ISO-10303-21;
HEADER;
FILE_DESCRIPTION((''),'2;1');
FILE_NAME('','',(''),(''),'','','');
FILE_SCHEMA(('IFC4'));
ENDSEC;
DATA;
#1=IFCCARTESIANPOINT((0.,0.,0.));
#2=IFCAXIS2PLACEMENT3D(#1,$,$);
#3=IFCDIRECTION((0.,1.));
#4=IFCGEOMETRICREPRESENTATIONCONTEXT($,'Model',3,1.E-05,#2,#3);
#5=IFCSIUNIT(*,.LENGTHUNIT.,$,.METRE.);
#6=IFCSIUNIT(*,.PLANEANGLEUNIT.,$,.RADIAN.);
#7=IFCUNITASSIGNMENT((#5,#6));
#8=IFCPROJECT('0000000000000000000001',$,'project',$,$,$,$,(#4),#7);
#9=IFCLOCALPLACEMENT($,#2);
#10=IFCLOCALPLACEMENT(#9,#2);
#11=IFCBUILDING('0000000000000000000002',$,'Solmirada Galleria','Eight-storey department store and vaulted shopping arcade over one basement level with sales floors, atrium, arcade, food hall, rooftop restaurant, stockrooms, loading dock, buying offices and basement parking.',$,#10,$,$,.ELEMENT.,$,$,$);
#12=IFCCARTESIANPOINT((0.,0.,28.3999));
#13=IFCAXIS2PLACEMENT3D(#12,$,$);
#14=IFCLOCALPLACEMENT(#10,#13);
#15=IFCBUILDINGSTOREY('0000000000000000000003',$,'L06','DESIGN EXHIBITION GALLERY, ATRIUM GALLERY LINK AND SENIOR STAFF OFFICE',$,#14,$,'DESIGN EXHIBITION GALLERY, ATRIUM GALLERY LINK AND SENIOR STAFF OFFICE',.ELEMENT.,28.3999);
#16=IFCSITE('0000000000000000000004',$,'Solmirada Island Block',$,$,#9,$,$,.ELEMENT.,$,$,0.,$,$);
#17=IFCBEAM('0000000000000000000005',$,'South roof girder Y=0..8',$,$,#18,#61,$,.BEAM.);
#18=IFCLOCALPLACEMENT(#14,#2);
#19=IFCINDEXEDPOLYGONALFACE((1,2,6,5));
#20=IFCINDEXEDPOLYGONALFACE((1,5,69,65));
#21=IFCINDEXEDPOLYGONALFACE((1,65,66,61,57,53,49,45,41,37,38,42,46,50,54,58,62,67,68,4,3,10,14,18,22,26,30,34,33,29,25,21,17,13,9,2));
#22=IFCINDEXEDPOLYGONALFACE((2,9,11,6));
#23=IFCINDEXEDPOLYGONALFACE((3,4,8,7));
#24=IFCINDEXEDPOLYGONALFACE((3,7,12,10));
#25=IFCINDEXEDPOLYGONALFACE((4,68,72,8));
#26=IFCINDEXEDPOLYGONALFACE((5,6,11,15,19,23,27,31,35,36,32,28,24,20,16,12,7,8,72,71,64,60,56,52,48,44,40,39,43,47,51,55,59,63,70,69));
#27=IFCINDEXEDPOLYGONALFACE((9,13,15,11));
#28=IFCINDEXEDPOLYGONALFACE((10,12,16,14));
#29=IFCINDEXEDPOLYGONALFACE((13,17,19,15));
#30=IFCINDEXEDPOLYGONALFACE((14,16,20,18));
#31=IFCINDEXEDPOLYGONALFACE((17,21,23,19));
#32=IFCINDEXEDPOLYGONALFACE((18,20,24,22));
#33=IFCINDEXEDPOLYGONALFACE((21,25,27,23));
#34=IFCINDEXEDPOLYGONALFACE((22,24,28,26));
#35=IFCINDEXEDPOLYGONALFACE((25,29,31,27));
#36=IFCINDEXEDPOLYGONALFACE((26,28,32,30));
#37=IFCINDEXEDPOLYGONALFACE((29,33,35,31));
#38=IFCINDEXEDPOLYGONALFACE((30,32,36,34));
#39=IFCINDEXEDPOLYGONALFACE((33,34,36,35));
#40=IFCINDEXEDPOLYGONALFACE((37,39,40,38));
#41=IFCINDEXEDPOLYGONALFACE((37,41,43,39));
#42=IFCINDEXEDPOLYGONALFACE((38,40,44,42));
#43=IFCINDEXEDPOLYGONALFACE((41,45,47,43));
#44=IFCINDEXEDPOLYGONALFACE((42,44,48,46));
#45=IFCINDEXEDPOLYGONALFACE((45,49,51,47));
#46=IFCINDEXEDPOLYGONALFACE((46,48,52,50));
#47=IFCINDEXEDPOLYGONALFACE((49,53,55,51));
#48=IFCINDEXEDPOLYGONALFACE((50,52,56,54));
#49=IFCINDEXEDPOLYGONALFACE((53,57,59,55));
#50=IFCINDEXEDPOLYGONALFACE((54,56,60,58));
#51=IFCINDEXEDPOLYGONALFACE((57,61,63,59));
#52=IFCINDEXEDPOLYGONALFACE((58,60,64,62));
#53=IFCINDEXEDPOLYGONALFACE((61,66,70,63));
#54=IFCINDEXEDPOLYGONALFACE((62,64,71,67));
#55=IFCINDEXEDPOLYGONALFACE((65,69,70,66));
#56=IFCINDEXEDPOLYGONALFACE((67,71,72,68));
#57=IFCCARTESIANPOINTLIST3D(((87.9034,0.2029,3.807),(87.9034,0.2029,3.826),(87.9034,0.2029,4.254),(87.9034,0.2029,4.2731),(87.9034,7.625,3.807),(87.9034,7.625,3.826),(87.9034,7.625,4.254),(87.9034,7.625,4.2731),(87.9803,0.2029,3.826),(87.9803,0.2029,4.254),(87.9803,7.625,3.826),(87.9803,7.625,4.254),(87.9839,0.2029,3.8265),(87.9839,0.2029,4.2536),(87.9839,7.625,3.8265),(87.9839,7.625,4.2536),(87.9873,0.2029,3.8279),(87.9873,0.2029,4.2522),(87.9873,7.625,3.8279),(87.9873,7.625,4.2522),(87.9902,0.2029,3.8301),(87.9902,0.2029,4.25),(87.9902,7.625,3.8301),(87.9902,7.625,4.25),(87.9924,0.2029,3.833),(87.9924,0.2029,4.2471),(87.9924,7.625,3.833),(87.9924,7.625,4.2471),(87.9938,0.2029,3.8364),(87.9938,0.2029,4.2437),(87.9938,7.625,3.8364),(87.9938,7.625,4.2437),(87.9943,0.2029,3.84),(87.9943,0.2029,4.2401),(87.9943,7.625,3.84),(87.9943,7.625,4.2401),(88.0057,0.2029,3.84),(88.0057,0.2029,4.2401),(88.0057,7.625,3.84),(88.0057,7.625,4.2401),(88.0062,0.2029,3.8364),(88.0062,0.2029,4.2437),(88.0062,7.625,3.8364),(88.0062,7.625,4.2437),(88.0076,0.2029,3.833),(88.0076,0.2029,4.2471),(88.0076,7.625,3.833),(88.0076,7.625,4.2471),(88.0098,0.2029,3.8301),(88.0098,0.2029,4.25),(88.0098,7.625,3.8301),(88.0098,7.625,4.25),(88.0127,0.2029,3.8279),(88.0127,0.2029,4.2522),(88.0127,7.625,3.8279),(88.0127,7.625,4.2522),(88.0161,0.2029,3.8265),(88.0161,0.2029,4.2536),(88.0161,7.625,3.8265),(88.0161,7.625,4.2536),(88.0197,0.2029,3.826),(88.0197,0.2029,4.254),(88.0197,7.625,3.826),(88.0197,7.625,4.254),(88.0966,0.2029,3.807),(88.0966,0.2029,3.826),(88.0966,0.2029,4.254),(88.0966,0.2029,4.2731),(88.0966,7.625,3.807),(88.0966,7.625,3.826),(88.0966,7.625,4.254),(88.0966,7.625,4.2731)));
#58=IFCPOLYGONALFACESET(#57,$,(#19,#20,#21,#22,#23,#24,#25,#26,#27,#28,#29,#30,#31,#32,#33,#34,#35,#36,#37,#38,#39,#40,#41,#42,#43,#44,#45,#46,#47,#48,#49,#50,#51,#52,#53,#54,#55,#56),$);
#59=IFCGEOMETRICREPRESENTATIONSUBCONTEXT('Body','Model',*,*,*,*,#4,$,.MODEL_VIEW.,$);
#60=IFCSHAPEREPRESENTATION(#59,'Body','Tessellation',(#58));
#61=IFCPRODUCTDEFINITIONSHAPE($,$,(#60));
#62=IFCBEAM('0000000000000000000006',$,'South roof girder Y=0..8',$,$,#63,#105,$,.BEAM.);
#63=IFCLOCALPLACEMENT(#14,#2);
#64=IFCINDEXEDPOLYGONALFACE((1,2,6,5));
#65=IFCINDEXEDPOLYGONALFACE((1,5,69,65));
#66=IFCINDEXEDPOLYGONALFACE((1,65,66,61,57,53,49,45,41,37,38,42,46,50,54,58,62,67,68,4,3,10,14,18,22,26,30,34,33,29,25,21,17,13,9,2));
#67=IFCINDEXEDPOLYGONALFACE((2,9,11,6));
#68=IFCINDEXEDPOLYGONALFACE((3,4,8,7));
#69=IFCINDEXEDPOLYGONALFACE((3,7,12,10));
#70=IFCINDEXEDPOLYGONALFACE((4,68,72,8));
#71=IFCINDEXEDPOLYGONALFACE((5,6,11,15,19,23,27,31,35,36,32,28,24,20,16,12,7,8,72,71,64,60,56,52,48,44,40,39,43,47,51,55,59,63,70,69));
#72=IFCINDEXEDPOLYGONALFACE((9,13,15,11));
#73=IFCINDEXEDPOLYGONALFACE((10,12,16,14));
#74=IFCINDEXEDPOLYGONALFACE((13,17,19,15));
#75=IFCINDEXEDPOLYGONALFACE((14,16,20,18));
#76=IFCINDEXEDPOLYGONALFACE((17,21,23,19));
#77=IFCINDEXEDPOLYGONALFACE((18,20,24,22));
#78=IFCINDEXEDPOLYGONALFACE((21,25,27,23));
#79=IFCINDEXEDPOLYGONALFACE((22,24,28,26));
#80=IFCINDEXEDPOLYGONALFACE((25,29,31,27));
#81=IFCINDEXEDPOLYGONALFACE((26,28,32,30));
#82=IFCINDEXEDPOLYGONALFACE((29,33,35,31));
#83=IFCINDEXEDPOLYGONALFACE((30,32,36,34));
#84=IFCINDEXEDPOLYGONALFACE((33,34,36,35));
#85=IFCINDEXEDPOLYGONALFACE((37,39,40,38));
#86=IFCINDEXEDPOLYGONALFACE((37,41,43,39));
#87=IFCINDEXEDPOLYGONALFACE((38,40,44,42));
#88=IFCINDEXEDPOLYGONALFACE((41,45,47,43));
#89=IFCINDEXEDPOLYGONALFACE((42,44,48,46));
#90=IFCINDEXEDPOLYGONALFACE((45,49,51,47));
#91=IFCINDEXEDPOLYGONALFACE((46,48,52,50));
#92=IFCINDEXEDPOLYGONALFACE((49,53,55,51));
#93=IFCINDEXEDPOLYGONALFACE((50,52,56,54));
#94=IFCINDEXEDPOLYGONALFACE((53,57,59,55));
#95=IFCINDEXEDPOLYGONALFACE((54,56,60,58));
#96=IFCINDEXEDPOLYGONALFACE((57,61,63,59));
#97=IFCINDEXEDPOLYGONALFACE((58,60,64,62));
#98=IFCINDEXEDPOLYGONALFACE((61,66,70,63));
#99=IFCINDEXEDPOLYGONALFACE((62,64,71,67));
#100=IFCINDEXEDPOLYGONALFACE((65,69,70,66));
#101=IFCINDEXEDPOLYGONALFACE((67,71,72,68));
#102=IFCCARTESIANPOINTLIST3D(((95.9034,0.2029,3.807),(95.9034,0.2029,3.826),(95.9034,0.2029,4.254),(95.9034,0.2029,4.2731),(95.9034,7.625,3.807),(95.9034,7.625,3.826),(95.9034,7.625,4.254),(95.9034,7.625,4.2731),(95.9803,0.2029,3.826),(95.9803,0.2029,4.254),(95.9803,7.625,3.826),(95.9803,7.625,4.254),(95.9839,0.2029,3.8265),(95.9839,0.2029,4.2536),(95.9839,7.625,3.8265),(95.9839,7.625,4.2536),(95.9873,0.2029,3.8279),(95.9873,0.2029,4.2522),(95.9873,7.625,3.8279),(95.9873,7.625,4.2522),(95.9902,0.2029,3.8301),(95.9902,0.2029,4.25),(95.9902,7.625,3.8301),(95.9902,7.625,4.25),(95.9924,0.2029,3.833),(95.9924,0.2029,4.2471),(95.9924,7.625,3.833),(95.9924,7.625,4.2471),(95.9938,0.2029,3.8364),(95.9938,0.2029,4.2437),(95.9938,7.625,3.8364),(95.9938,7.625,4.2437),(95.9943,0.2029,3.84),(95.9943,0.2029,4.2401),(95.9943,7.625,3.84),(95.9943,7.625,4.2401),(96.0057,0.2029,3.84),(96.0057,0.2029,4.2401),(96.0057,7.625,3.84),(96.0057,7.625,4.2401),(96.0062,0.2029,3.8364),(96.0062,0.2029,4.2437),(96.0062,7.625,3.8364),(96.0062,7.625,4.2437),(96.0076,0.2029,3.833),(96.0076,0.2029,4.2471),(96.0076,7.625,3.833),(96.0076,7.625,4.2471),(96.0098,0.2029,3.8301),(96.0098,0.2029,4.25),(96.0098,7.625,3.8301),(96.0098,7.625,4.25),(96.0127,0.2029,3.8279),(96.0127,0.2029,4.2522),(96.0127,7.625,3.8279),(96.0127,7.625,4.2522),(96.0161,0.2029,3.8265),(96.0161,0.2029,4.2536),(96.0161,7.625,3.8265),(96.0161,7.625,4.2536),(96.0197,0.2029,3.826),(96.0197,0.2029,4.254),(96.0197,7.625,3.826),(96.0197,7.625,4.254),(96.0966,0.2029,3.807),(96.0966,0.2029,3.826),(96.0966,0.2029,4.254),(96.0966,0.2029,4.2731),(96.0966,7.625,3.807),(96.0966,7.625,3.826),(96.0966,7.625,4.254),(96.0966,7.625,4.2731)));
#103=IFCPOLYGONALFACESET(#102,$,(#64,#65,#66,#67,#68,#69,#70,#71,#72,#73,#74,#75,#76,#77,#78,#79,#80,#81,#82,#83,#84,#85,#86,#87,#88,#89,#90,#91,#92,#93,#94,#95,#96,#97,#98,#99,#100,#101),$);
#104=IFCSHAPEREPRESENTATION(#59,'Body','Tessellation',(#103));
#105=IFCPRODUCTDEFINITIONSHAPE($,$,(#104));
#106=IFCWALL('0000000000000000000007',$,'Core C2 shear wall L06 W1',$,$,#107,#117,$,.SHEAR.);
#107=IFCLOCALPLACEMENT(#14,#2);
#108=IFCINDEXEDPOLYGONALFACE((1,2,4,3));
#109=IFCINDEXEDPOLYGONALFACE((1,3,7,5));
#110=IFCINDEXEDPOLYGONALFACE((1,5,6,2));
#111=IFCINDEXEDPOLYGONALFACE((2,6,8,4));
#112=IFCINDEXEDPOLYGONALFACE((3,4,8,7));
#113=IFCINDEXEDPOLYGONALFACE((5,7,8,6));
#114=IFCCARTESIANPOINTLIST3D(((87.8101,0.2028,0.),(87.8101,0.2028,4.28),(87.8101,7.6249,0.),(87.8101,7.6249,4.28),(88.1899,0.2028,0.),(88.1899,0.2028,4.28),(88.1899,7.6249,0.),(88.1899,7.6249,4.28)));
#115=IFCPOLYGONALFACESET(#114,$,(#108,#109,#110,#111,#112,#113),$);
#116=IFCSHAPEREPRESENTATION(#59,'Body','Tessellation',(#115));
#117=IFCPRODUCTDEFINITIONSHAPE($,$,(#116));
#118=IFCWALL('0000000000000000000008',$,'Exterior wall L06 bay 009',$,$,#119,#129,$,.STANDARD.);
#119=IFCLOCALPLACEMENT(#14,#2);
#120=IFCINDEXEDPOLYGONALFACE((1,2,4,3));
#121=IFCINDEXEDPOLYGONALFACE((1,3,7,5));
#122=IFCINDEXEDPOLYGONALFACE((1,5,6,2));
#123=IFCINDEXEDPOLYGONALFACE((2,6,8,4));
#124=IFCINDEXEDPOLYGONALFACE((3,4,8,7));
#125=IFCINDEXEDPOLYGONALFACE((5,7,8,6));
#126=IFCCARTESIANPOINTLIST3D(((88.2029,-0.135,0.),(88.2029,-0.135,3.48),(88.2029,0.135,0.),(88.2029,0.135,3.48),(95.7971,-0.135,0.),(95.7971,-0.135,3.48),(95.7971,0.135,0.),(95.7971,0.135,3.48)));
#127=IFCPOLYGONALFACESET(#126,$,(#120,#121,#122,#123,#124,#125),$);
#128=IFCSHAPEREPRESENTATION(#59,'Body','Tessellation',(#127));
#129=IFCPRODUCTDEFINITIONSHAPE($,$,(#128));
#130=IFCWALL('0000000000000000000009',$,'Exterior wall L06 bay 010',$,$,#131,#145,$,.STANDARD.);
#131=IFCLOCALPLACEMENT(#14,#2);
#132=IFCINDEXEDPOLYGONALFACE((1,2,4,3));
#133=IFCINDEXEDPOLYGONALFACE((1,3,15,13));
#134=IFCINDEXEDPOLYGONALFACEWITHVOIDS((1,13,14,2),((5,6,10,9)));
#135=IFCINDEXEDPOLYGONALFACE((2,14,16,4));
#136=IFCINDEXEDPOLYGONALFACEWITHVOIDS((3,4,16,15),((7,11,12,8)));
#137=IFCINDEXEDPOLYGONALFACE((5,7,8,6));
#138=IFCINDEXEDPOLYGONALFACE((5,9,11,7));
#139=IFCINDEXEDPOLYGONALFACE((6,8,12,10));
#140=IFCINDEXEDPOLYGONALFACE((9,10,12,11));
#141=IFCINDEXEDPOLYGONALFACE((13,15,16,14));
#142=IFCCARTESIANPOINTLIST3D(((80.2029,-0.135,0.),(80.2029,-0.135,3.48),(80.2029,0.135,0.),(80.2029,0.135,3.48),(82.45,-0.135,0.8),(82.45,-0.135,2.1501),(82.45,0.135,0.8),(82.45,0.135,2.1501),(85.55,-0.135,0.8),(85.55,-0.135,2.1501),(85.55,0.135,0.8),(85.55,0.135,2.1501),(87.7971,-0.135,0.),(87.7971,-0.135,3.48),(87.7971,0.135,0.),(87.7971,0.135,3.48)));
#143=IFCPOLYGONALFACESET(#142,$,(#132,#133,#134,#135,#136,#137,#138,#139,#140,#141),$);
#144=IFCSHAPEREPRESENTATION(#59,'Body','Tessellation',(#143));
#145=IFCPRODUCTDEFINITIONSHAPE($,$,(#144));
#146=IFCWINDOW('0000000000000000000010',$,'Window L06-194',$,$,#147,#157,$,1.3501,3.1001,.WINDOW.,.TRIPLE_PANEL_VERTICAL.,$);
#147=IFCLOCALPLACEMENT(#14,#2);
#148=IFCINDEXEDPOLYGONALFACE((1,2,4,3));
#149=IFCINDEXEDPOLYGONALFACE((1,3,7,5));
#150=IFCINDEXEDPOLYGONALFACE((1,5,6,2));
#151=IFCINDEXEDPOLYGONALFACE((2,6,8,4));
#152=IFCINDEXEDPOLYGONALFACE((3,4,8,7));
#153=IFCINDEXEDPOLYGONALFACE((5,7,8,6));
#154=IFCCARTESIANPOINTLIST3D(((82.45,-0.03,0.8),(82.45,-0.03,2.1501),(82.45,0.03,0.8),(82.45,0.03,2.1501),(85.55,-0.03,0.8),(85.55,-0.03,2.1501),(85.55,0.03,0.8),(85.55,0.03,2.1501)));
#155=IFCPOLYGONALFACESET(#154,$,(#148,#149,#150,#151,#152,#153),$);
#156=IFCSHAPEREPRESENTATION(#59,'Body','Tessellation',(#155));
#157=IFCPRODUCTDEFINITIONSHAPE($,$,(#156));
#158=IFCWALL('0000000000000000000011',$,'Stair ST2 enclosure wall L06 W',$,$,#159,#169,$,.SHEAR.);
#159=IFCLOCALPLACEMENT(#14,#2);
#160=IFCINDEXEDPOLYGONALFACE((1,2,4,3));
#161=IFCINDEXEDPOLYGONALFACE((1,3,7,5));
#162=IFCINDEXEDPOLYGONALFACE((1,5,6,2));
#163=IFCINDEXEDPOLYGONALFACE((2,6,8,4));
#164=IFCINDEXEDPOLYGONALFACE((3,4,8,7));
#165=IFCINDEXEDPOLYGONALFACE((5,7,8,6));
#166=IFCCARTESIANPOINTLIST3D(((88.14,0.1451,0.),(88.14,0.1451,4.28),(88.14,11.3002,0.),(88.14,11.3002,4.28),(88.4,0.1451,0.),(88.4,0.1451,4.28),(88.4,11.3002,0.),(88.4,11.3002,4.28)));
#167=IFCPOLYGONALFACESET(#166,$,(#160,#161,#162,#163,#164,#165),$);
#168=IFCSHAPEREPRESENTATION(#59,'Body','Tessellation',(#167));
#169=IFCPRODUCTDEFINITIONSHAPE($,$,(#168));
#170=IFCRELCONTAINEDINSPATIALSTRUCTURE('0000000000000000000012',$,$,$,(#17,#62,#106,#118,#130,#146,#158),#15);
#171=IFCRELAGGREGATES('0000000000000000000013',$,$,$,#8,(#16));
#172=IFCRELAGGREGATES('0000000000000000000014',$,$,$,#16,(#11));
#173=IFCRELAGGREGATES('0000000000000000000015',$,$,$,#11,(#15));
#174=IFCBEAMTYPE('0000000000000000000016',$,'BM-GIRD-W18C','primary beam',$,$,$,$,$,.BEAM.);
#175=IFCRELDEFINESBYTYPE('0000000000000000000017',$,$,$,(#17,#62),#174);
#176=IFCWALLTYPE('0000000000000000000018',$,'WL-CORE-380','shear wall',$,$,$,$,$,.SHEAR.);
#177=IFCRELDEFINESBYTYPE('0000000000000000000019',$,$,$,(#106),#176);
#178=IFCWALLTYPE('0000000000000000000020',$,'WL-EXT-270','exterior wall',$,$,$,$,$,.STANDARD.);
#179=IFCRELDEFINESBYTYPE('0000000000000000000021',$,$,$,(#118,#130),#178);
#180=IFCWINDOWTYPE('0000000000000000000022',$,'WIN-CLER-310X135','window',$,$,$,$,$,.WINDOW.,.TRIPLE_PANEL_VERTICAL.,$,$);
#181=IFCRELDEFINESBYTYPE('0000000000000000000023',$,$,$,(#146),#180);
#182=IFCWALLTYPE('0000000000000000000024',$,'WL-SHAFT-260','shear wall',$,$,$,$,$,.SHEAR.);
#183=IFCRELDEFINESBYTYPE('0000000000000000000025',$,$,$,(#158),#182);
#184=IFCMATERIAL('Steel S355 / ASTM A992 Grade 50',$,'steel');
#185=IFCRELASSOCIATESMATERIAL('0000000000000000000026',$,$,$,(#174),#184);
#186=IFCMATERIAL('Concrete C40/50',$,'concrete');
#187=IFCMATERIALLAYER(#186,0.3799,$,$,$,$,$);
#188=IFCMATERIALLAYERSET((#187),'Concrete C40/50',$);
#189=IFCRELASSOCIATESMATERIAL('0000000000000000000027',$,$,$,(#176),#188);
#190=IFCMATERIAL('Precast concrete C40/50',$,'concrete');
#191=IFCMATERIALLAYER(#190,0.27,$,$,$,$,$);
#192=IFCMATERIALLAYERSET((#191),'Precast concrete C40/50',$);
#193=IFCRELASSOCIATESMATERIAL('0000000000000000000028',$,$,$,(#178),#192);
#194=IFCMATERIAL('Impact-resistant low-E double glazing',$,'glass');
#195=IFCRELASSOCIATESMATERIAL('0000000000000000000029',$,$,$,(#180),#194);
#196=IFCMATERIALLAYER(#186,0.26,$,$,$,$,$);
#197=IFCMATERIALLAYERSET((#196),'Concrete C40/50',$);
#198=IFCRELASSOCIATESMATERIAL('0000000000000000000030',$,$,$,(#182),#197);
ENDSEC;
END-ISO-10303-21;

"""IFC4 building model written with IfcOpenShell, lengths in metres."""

from ifc_helpers import new_model, si_unit, direction, frame, frame_2d, origin, origin_2d, place, context, subcontext, project, spatial, rectangle, i_section, extrude, material, layer, layer_set, material_profile, profile_set, type_object, element, fill, save


model = new_model("IFC4")

# Units and contexts
model_context = context("Model", 3, precision=1e-05, world=origin(), true_north=direction((0.0, 1.0)))
body_context = subcontext(model_context, "Body", "Model", "MODEL_VIEW")
ifc_project = project(units=[si_unit("LENGTHUNIT", "METRE"), si_unit("PLANEANGLEUNIT", "RADIAN")], contexts=[model_context])

# Site, building, storey
site_placement = place(None, origin())
site = spatial("IfcSite", under=ifc_project, at=site_placement, Name="Solmirada Island Block", CompositionType="ELEMENT", RefElevation=0.0)
building_placement = place(site_placement, origin())
building = spatial("IfcBuilding", under=site, at=building_placement, Name="Solmirada Galleria", Description="Eight-storey department store and vaulted shopping arcade over one basement level with sales floors, atrium, arcade, food hall, rooftop restaurant, stockrooms, loading dock, buying offices and basement parking.", CompositionType="ELEMENT")
storey_placement = place(building_placement, frame((0.0, 0.0, 28.3999)))
storey = spatial("IfcBuildingStorey", under=building, at=storey_placement, Name="L06", Description="DESIGN EXHIBITION GALLERY, ATRIUM GALLERY LINK AND SENIOR STAFF OFFICE", LongName="DESIGN EXHIBITION GALLERY, ATRIUM GALLERY LINK AND SENIOR STAFF OFFICE", CompositionType="ELEMENT", Elevation=28.3999)

# Beams
ifc_material_1 = material(Name="Steel S355 / ASTM A992 Grade 50", Category="steel")
ifc_material_profile_1 = material_profile(ifc_material_1, i_section(OverallWidth=0.1931, OverallDepth=0.4661, WebThickness=0.0115, FlangeThickness=0.019, FilletRadius=0.0139, at=origin_2d()), Name="W18X65")
ifc_profile_set_1 = profile_set([ifc_material_profile_1], Name="Steel S355 / ASTM A992 Grade 50")
beam_type = type_object("IfcBeamType", Name="BM-GIRD-W18C", Description="primary beam", PredefinedType="BEAM", material=ifc_profile_set_1)
for number, where, z_axis, x_axis, name in (
    (1, (88.0, 0.2029, 4.04), (0.0, 1.0, 0.0), (-1.0, 0.0, 0.0), "South roof girder Y=0..8"),
    (2, (96.0, 0.2029, 4.04), (0.0, 1.0, 0.0), (-1.0, 0.0, 0.0), "South roof girder Y=0..8"),
):
    element("IfcBeam", number, at=place(storey_placement, frame(where, z_axis=z_axis, x_axis=x_axis)), inside=storey, type_object=beam_type, Name=name, PredefinedType="BEAM", context=body_context, shape_type="SweptSolid", body=[
        extrude(i_section(OverallWidth=0.1931, OverallDepth=0.4661, WebThickness=0.0115, FlangeThickness=0.019, FilletRadius=0.0139, at=origin_2d()), origin(), (0.0, 0.0, 1.0), 7.4221),
    ])

# Wall
ifc_material_2 = material(Name="Concrete C40/50", Category="concrete")
ifc_layer_1 = layer(ifc_material_2, 0.3799)
ifc_layer_set_1 = layer_set([ifc_layer_1], Name="Concrete C40/50")
wall_type_1 = type_object("IfcWallType", Name="WL-CORE-380", Description="shear wall", PredefinedType="SHEAR", material=ifc_layer_set_1)
wall_1_placement = place(storey_placement, frame((88.0, 0.2029, 0.0), z_axis=(0.0, 0.0, 1.0), x_axis=(0.0, 1.0, 0.0)))
element("IfcWall", 3, at=wall_1_placement, inside=storey, type_object=wall_type_1, Name="Core C2 shear wall L06 W1", PredefinedType="SHEAR", context=body_context, shape_type="SweptSolid", body=[
    extrude(rectangle(XDim=7.4221, YDim=0.3799, at=frame_2d((3.7109, 0.0))), origin(), (0.0, 0.0, 1.0), 4.28),
])

# Wall
ifc_material_3 = material(Name="Precast concrete C40/50", Category="concrete")
ifc_layer_2 = layer(ifc_material_3, 0.27)
ifc_layer_set_2 = layer_set([ifc_layer_2], Name="Precast concrete C40/50")
wall_type_2 = type_object("IfcWallType", Name="WL-EXT-270", Description="exterior wall", PredefinedType="STANDARD", material=ifc_layer_set_2)
wall_2_placement = place(storey_placement, frame((95.7971, 0.0, 0.0), z_axis=(0.0, 0.0, 1.0), x_axis=(-1.0, 0.0, 0.0)))
element("IfcWall", 4, at=wall_2_placement, inside=storey, type_object=wall_type_2, Name="Exterior wall L06 bay 009", PredefinedType="STANDARD", context=body_context, shape_type="SweptSolid", body=[
    extrude(rectangle(XDim=7.5942, YDim=0.27, at=frame_2d((3.7971, 0.0))), origin(), (0.0, 0.0, 1.0), 3.48),
])

# Wall, opening, window
wall_3_placement = place(storey_placement, frame((87.7971, 0.0, 0.0), z_axis=(0.0, 0.0, 1.0), x_axis=(-1.0, 0.0, 0.0)))
wall_3 = element("IfcWall", 5, at=wall_3_placement, inside=storey, type_object=wall_type_2, Name="Exterior wall L06 bay 010", PredefinedType="STANDARD", context=body_context, shape_type="SweptSolid", body=[
    extrude(rectangle(XDim=7.5942, YDim=0.27, at=frame_2d((3.7971, 0.0))), origin(), (0.0, 0.0, 1.0), 3.48),
])
opening_1_placement = place(wall_3_placement, frame((2.2471, 0.0, 0.8)))
opening_1 = element("IfcOpeningElement", 6, at=opening_1_placement, cuts=wall_3, PredefinedType="OPENING", context=body_context, shape_type="SweptSolid", body=[
    extrude(rectangle(XDim=3.1001, YDim=1.3501, at=frame_2d((1.55, 0.675))), frame((0.0, 0.145, 0.0), z_axis=(0.0, -1.0, 0.0), x_axis=(1.0, 0.0, 0.0)), (0.0, 0.0, 1.0), 0.29),
])
ifc_material_4 = material(Name="Impact-resistant low-E double glazing", Category="glass")
window_type = type_object("IfcWindowType", Name="WIN-CLER-310X135", Description="window", PartitioningType="TRIPLE_PANEL_VERTICAL", PredefinedType="WINDOW", material=ifc_material_4)
window_placement = place(opening_1_placement, origin())
window = element("IfcWindow", 7, at=window_placement, inside=storey, type_object=window_type, Name="Window L06-194", OverallHeight=1.3501, OverallWidth=3.1001, PartitioningType="TRIPLE_PANEL_VERTICAL", PredefinedType="WINDOW", context=body_context, shape_type="SweptSolid", body=[
    extrude(rectangle(XDim=3.1001, YDim=1.3501, at=frame_2d((1.55, 0.675))), frame((0.0, 0.03, 0.0), z_axis=(0.0, -1.0, 0.0), x_axis=(1.0, 0.0, 0.0)), (0.0, 0.0, 1.0), 0.0601),
])
fill(opening_1, window)

# Wall
ifc_layer_3 = layer(ifc_material_2, 0.26)
ifc_layer_set_3 = layer_set([ifc_layer_3], Name="Concrete C40/50")
wall_type_3 = type_object("IfcWallType", Name="WL-SHAFT-260", Description="shear wall", PredefinedType="SHEAR", material=ifc_layer_set_3)
wall_4_placement = place(storey_placement, frame((88.27, 0.145, 0.0), z_axis=(0.0, 0.0, 1.0), x_axis=(0.0, 1.0, 0.0)))
element("IfcWall", 8, at=wall_4_placement, inside=storey, type_object=wall_type_3, Name="Stair ST2 enclosure wall L06 W", PredefinedType="SHEAR", context=body_context, shape_type="SweptSolid", body=[
    extrude(rectangle(XDim=11.155, YDim=0.26, at=frame_2d((5.5776, 0.0))), origin(), (0.0, 0.0, 1.0), 4.28),
])

save(model, "model.ifc")
